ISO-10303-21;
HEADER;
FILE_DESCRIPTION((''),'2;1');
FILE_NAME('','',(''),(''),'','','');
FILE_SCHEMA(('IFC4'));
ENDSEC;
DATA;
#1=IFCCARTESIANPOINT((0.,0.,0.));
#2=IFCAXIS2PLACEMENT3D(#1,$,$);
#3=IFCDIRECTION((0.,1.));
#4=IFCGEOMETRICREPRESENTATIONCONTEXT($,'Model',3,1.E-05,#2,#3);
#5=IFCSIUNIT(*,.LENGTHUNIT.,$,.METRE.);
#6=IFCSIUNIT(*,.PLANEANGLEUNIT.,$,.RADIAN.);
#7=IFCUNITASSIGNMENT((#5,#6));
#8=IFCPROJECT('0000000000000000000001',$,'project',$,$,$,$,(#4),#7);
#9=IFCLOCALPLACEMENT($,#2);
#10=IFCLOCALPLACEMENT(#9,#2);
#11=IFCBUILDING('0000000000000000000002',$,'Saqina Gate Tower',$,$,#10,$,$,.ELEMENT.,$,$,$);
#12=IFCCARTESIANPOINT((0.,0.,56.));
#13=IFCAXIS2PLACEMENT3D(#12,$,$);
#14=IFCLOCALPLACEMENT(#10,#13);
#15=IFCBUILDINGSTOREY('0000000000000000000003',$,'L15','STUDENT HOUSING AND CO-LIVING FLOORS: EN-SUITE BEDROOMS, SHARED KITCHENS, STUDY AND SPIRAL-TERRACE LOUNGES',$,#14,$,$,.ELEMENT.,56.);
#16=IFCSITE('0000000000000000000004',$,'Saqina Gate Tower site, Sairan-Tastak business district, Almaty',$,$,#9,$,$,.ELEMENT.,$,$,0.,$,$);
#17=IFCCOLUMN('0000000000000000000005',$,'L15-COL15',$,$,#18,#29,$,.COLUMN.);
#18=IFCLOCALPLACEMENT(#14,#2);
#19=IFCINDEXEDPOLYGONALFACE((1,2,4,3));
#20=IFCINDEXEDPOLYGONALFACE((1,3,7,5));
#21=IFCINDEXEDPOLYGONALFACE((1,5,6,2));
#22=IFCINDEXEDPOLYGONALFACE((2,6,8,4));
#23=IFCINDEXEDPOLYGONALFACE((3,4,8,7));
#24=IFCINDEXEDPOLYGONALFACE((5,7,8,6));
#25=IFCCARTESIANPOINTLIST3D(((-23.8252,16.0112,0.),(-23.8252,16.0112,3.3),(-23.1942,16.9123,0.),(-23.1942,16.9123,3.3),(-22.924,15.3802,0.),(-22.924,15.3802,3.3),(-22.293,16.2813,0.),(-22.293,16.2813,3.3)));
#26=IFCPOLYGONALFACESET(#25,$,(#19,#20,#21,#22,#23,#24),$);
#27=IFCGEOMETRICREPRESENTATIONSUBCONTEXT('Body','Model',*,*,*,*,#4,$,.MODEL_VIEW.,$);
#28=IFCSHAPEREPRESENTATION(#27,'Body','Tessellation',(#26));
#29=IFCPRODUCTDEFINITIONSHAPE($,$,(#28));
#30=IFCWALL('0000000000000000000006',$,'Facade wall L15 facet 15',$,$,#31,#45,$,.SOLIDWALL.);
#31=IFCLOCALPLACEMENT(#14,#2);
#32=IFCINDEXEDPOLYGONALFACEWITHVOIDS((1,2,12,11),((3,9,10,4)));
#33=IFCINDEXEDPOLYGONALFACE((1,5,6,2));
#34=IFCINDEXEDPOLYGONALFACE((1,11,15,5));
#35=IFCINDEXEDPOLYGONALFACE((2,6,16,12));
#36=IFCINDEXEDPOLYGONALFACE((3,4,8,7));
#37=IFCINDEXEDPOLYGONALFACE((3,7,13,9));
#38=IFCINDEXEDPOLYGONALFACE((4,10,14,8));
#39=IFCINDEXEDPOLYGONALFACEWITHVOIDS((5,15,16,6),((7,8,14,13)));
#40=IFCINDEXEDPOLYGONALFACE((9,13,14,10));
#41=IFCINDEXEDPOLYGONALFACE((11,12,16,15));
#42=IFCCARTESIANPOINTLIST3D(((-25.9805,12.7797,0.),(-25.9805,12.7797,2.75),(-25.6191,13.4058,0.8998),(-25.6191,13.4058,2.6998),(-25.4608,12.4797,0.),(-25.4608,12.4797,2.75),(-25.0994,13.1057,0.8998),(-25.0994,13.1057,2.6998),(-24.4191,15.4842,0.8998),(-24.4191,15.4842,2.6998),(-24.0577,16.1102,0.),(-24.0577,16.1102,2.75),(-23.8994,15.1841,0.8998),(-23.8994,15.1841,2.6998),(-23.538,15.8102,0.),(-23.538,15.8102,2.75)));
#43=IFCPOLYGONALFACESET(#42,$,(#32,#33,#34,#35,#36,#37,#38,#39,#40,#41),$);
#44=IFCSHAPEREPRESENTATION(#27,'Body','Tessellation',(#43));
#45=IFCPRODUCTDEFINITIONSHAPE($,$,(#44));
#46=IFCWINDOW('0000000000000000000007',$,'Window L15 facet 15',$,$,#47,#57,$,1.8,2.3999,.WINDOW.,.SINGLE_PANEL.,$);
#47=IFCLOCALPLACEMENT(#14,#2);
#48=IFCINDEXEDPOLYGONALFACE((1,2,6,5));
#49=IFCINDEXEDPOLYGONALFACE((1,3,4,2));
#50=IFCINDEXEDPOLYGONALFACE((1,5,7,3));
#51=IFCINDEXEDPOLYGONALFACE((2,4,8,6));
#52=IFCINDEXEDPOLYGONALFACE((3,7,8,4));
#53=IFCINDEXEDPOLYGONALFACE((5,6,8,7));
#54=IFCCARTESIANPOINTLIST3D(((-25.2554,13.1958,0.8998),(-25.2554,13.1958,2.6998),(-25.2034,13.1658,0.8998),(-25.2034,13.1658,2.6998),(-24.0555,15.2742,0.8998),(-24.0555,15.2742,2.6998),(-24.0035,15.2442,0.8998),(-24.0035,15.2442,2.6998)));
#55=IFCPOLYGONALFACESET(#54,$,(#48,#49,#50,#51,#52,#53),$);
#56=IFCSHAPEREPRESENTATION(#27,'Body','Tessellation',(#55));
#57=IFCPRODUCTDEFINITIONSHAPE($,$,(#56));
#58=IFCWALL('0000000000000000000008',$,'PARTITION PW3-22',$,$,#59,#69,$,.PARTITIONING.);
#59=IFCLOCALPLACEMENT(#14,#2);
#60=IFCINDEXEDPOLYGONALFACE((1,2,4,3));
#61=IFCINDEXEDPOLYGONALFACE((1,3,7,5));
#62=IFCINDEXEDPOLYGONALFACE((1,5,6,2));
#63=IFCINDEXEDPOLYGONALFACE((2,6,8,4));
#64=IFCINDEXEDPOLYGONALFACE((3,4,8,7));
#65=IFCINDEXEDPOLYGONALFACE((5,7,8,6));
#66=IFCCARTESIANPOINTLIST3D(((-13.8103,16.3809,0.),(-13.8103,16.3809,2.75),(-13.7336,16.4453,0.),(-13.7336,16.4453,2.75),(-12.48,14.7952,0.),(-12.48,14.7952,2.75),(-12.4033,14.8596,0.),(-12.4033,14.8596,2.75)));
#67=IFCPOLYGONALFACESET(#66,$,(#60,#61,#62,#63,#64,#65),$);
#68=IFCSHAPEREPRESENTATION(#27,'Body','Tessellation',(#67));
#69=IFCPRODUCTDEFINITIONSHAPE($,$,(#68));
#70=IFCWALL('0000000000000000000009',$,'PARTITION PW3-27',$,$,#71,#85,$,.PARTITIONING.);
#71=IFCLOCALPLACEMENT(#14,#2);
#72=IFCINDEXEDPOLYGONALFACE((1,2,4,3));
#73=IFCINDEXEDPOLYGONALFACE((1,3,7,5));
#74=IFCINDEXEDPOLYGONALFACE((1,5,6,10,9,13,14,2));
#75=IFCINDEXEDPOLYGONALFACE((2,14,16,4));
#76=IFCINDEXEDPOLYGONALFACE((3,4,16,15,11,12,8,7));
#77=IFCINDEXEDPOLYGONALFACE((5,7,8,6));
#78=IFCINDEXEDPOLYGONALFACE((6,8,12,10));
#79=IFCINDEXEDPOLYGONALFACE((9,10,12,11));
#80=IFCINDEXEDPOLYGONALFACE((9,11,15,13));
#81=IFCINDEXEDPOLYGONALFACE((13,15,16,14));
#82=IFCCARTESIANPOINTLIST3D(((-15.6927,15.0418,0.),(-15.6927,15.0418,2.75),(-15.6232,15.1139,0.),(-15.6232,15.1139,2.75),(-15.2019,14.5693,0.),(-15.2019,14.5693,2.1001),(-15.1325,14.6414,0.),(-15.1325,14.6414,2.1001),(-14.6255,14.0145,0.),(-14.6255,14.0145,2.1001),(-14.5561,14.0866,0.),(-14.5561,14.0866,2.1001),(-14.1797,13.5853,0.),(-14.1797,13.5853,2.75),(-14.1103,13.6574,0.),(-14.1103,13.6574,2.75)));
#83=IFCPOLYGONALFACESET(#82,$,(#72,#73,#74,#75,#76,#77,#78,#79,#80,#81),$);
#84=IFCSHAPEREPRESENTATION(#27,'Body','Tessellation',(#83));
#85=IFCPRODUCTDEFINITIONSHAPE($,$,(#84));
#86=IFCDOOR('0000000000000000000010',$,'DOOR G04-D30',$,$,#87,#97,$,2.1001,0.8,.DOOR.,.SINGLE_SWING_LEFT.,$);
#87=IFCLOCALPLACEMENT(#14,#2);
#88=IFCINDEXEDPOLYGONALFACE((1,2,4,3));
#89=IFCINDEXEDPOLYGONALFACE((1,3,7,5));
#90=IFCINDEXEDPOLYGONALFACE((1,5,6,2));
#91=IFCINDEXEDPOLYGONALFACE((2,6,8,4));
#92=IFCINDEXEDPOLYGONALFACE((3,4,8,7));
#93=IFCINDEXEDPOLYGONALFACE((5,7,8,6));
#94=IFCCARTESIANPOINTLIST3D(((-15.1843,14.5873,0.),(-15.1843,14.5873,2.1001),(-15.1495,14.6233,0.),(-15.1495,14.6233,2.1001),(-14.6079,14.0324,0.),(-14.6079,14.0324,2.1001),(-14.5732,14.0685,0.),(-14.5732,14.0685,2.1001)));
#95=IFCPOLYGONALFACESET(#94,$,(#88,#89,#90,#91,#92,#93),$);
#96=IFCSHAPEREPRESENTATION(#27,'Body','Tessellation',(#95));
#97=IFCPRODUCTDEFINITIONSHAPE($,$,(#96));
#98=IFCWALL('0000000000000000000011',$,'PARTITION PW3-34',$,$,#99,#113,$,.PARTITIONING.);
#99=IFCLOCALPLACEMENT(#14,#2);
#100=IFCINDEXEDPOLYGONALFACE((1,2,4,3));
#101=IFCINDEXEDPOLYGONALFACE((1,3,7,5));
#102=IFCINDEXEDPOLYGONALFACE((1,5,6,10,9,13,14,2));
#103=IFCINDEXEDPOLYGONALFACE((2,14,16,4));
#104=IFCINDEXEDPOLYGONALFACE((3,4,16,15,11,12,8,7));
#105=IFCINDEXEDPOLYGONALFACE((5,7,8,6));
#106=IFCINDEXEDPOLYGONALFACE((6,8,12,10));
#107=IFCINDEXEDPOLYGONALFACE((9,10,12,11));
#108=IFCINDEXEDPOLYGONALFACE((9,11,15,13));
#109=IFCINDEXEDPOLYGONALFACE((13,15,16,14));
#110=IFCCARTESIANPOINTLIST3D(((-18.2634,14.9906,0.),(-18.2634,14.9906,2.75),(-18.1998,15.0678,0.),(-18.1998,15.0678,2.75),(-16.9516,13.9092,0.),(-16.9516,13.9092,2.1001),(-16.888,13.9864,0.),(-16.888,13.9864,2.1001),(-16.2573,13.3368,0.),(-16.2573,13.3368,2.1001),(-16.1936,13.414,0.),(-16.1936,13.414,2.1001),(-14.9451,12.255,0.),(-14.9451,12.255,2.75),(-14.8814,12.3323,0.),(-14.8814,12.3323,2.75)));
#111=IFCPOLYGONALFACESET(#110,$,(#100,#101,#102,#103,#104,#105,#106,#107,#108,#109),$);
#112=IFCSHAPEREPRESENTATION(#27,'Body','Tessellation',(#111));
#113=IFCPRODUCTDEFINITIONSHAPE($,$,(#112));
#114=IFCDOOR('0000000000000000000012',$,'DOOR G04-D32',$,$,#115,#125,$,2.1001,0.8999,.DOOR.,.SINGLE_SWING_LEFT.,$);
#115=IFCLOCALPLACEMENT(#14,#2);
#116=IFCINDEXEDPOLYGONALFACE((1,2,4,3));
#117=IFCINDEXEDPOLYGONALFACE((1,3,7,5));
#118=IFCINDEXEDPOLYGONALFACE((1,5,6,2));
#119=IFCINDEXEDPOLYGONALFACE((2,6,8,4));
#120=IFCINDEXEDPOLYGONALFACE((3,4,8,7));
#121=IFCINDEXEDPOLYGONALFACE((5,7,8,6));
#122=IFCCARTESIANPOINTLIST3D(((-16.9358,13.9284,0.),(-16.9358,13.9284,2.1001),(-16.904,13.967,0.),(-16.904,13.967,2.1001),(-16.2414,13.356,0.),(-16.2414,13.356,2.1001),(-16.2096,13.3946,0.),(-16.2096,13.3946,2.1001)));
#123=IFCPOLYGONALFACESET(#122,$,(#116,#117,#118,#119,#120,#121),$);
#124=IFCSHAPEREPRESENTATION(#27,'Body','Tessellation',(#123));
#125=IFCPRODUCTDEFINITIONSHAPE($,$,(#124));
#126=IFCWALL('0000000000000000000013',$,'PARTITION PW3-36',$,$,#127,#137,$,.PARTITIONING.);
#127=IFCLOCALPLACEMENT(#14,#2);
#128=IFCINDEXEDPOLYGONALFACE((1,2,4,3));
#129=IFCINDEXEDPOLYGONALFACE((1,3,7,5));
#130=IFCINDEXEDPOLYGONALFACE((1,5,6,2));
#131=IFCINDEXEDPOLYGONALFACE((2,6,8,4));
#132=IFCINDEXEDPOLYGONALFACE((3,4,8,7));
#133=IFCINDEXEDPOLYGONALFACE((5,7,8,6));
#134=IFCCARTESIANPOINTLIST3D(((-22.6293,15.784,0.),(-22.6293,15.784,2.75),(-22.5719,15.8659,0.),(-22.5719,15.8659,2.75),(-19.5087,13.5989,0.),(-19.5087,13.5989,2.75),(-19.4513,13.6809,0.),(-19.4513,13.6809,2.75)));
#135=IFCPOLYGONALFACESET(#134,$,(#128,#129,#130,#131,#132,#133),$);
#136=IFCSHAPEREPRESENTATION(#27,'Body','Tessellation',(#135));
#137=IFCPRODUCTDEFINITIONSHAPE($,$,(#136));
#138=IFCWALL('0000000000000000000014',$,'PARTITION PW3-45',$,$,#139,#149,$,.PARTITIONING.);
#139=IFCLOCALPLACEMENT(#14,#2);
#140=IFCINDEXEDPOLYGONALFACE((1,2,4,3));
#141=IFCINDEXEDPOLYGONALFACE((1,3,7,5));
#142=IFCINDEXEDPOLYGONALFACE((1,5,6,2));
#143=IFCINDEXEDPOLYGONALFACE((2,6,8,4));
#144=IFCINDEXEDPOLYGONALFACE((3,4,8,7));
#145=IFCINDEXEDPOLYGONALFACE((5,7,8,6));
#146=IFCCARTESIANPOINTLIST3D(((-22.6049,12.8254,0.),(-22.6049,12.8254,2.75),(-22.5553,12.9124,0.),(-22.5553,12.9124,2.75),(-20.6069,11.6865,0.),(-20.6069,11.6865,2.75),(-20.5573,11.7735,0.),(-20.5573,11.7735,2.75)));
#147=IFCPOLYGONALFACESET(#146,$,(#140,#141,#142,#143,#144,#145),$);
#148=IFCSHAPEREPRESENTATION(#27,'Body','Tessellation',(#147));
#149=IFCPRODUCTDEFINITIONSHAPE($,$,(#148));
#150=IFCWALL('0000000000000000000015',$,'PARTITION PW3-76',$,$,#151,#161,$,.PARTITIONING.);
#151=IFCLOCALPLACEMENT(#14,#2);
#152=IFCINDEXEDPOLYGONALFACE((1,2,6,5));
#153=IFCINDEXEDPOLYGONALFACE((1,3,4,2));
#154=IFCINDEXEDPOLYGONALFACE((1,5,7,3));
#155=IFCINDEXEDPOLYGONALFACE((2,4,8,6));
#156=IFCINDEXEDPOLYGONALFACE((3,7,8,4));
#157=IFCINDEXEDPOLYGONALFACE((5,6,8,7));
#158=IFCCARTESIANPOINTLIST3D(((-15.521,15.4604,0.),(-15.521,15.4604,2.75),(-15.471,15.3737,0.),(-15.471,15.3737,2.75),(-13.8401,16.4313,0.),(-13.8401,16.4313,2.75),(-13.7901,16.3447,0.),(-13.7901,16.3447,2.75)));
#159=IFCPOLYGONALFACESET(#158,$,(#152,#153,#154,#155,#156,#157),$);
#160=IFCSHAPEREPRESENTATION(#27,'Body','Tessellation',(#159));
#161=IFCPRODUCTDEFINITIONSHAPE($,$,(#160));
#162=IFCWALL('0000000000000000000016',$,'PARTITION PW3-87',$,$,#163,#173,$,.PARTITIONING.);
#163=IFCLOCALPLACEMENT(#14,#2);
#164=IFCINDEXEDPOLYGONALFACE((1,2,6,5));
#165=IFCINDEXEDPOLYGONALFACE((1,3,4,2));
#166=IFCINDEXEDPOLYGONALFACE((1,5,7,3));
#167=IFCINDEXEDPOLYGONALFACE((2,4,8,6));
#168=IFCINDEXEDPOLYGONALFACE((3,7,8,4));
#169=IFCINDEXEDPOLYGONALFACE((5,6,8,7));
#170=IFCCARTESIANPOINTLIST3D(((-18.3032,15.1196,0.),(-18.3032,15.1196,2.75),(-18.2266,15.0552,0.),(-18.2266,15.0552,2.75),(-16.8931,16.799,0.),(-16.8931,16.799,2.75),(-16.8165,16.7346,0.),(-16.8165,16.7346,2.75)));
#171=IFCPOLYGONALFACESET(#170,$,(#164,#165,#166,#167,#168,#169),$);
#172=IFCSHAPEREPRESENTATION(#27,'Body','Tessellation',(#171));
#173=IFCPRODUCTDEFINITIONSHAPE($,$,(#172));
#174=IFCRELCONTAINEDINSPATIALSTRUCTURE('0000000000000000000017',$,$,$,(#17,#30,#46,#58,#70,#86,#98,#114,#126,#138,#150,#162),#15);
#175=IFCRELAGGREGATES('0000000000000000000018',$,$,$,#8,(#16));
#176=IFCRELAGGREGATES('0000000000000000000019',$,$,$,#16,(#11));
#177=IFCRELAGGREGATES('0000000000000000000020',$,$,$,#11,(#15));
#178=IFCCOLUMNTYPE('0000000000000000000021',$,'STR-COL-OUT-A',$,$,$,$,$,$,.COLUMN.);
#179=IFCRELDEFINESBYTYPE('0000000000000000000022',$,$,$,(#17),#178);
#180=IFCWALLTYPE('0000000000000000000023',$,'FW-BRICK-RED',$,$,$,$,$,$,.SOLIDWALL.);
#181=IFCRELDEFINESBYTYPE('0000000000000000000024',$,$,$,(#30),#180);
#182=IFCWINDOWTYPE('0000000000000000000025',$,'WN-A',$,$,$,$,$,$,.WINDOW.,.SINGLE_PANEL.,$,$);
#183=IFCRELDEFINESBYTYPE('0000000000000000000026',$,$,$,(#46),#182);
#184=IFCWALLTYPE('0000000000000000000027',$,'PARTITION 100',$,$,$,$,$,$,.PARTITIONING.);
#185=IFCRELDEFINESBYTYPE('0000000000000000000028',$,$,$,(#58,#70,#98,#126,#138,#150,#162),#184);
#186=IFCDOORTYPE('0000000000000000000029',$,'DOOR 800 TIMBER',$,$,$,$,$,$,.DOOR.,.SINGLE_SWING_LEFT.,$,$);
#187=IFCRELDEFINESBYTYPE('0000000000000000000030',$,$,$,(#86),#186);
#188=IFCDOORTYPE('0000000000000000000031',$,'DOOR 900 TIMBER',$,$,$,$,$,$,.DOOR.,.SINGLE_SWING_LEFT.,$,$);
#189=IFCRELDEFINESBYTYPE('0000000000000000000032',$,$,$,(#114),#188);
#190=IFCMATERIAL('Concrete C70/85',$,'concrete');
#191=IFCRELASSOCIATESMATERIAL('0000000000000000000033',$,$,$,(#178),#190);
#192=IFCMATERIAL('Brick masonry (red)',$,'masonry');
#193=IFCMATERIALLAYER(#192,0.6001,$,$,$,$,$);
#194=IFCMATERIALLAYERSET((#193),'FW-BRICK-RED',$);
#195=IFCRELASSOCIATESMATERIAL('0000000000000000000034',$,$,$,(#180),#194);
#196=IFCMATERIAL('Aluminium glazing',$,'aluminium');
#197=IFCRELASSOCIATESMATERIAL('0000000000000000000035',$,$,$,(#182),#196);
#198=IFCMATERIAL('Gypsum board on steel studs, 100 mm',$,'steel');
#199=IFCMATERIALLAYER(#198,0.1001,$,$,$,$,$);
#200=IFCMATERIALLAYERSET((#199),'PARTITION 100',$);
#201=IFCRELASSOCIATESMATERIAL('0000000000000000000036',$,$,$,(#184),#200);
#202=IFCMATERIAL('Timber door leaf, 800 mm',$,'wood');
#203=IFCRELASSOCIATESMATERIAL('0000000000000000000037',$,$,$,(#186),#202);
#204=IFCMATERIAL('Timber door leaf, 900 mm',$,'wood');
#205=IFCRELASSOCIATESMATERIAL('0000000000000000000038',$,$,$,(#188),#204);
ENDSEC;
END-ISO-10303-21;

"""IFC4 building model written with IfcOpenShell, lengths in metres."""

from ifc_helpers import new_model, si_unit, direction, frame, frame_2d, origin, origin_2d, place, context, subcontext, project, spatial, rectangle, extrude, material, layer, layer_set, material_profile, profile_set, type_object, element, fill, save


model = new_model("IFC4")

# Units and contexts
model_context = context("Model", 3, precision=1e-05, world=origin(), true_north=direction((0.0, 1.0)))
body_context = subcontext(model_context, "Body", "Model", "MODEL_VIEW")
ifc_project = project(units=[si_unit("LENGTHUNIT", "METRE"), si_unit("PLANEANGLEUNIT", "RADIAN")], contexts=[model_context])

# Site, building, storey
site_placement = place(None, origin())
site = spatial("IfcSite", under=ifc_project, at=site_placement, Name="Saqina Gate Tower site, Sairan-Tastak business district, Almaty", CompositionType="ELEMENT", RefElevation=0.0)
building_placement = place(site_placement, origin())
building = spatial("IfcBuilding", under=site, at=building_placement, Name="Saqina Gate Tower", CompositionType="ELEMENT")
storey_placement = place(building_placement, frame((0.0, 0.0, 56.0)))
storey = spatial("IfcBuildingStorey", under=building, at=storey_placement, Name="L15", Description="STUDENT HOUSING AND CO-LIVING FLOORS: EN-SUITE BEDROOMS, SHARED KITCHENS, STUDY AND SPIRAL-TERRACE LOUNGES", CompositionType="ELEMENT", Elevation=56.0)

# Column
ifc_material_1 = material(Name="Concrete C70/85", Category="concrete")
ifc_material_profile = material_profile(ifc_material_1, rectangle(XDim=1.1001, YDim=1.1001, at=origin_2d()), Name="RC 1100x1100")
ifc_profile_set = profile_set([ifc_material_profile], Name="Concrete C70/85")
column_type = type_object("IfcColumnType", Name="STR-COL-OUT-A", PredefinedType="COLUMN", material=ifc_profile_set)
column_placement = place(storey_placement, frame((-23.0591, 16.1462, 0.0), z_axis=(0.0, 0.0, 1.0), x_axis=(-0.819152, 0.573576, 0.0)))
element("IfcColumn", 1, at=column_placement, inside=storey, type_object=column_type, Name="L15-COL15", PredefinedType="COLUMN", context=body_context, shape_type="SweptSolid", body=[
    extrude(rectangle(XDim=1.1001, YDim=1.1001, at=origin_2d()), origin(), (0.0, 0.0, 1.0), 3.3),
])

# Wall, opening, window
ifc_material_2 = material(Name="Brick masonry (red)", Category="masonry")
ifc_layer_1 = layer(ifc_material_2, 0.6001)
ifc_layer_set_1 = layer_set([ifc_layer_1], Name="FW-BRICK-RED")
wall_type_1 = type_object("IfcWallType", Name="FW-BRICK-RED", PredefinedType="SOLIDWALL", material=ifc_layer_set_1)
wall_1_placement = place(storey_placement, frame((-23.7979, 15.9602, 0.0), z_axis=(0.0, 0.0, 1.0), x_axis=(-0.49999, -0.866031, 0.0)))
wall_1 = element("IfcWall", 2, at=wall_1_placement, inside=storey, type_object=wall_type_1, Name="Facade wall L15 facet 15", PredefinedType="SOLIDWALL", context=body_context, shape_type="SweptSolid", body=[
    extrude(rectangle(XDim=3.8457, YDim=0.6001, at=frame_2d((1.9229, 0.0))), origin(), (0.0, 0.0, 1.0), 2.75),
])
opening_1_placement = place(wall_1_placement, frame((0.7229, 0.0, 0.8999)))
opening_1 = element("IfcOpeningElement", 3, at=opening_1_placement, cuts=wall_1, PredefinedType="OPENING", context=body_context, shape_type="SweptSolid", body=[
    extrude(rectangle(XDim=2.3999, YDim=1.8, at=frame_2d((1.2, 0.8999))), frame((0.0, 0.312, 0.0), z_axis=(0.0, -1.0, 0.0), x_axis=(1.0, 0.0, 0.0)), (0.0, 0.0, 1.0), 0.624),
])
ifc_material_3 = material(Name="Aluminium glazing", Category="aluminium")
window_type = type_object("IfcWindowType", Name="WN-A", PartitioningType="SINGLE_PANEL", PredefinedType="WINDOW", material=ifc_material_3)
window_placement = place(opening_1_placement, origin())
window = element("IfcWindow", 4, at=window_placement, inside=storey, type_object=window_type, Name="Window L15 facet 15", OverallHeight=1.8, OverallWidth=2.3999, PartitioningType="SINGLE_PANEL", PredefinedType="WINDOW", context=body_context, shape_type="SweptSolid", body=[
    extrude(rectangle(XDim=2.3999, YDim=1.8, at=frame_2d((1.2, 0.8999))), frame((0.0, 0.1799, 0.0), z_axis=(0.0, -1.0, 0.0), x_axis=(1.0, 0.0, 0.0)), (0.0, 0.0, 1.0), 0.0601),
])
fill(opening_1, window)

# Wall
ifc_material_4 = material(Name="Gypsum board on steel studs, 100 mm", Category="steel")
ifc_layer_2 = layer(ifc_material_4, 0.1001)
ifc_layer_set_2 = layer_set([ifc_layer_2], Name="PARTITION 100")
wall_type_2 = type_object("IfcWallType", Name="PARTITION 100", PredefinedType="PARTITIONING", material=ifc_layer_set_2)
wall_2_placement = place(storey_placement, frame((-13.772, 16.4131, 0.0), z_axis=(0.0, 0.0, 1.0), x_axis=(0.642722, -0.7661, 0.0)))
element("IfcWall", 5, at=wall_2_placement, inside=storey, type_object=wall_type_2, Name="PARTITION PW3-22", PredefinedType="PARTITIONING", context=body_context, shape_type="SweptSolid", body=[
    extrude(rectangle(XDim=2.0698, YDim=0.1001, at=frame_2d((1.0349, 0.0))), origin(), (0.0, 0.0, 1.0), 2.75),
])

# Walls, openings, doors
wall_3_placement = place(storey_placement, frame((-15.658, 15.0779, 0.0), z_axis=(0.0, 0.0, 1.0), x_axis=(0.720406, -0.693552, 0.0)))
wall_3 = element("IfcWall", 6, at=wall_3_placement, inside=storey, type_object=wall_type_2, Name="PARTITION PW3-27", PredefinedType="PARTITIONING", context=body_context, shape_type="SweptSolid", body=[
    extrude(rectangle(XDim=2.1001, YDim=0.1001, at=frame_2d((1.05, 0.0))), origin(), (0.0, 0.0, 1.0), 2.75),
])
opening_2_placement = place(wall_3_placement, frame((0.6814, 0.0, 0.0)))
opening_2 = element("IfcOpeningElement", 7, at=opening_2_placement, cuts=wall_3, PredefinedType="OPENING", context=body_context, shape_type="SweptSolid", body=[
    extrude(rectangle(XDim=0.8, YDim=2.1001, at=frame_2d((0.3999, 1.05))), frame((0.0, 0.062, 0.0), z_axis=(0.0, -1.0, 0.0), x_axis=(1.0, 0.0, 0.0)), (0.0, 0.0, 1.0), 0.124),
])
ifc_material_5 = material(Name="Timber door leaf, 800 mm", Category="wood")
door_type_1 = type_object("IfcDoorType", Name="DOOR 800 TIMBER", OperationType="SINGLE_SWING_LEFT", PredefinedType="DOOR", material=ifc_material_5)
door_1_placement = place(opening_2_placement, frame((0.8, 0.0, 0.0), z_axis=(0.0, 0.0, 1.0), x_axis=(-1.0, 0.0, 0.0)))
door_1 = element("IfcDoor", 8, at=door_1_placement, inside=storey, type_object=door_type_1, Name="DOOR G04-D30", OperationType="SINGLE_SWING_LEFT", OverallHeight=2.1001, OverallWidth=0.8, PredefinedType="DOOR", context=body_context, shape_type="SweptSolid", body=[
    extrude(rectangle(XDim=0.8, YDim=2.1001, at=frame_2d((0.3999, 1.05))), frame((0.0, 0.0249, 0.0), z_axis=(0.0, -1.0, 0.0), x_axis=(1.0, 0.0, 0.0)), (0.0, 0.0, 1.0), 0.05),
])
fill(opening_2, door_1)
wall_4_placement = place(storey_placement, frame((-18.2317, 15.0293, 0.0), z_axis=(0.0, 0.0, 1.0), x_axis=(0.771607, -0.636099, 0.0)))
wall_4 = element("IfcWall", 9, at=wall_4_placement, inside=storey, type_object=wall_type_2, Name="PARTITION PW3-34", PredefinedType="PARTITIONING", context=body_context, shape_type="SweptSolid", body=[
    extrude(rectangle(XDim=4.3005, YDim=0.1001, at=frame_2d((2.1504, 0.0))), origin(), (0.0, 0.0, 1.0), 2.75),
])
opening_3_placement = place(wall_4_placement, frame((1.7002, 0.0, 0.0)))
opening_3 = element("IfcOpeningElement", 10, at=opening_3_placement, cuts=wall_4, PredefinedType="OPENING", context=body_context, shape_type="SweptSolid", body=[
    extrude(rectangle(XDim=0.8999, YDim=2.1001, at=frame_2d((0.45, 1.05))), frame((0.0, 0.062, 0.0), z_axis=(0.0, -1.0, 0.0), x_axis=(1.0, 0.0, 0.0)), (0.0, 0.0, 1.0), 0.124),
])
ifc_material_6 = material(Name="Timber door leaf, 900 mm", Category="wood")
door_type_2 = type_object("IfcDoorType", Name="DOOR 900 TIMBER", OperationType="SINGLE_SWING_LEFT", PredefinedType="DOOR", material=ifc_material_6)
door_2_placement = place(opening_3_placement, origin())
door_2 = element("IfcDoor", 11, at=door_2_placement, inside=storey, type_object=door_type_2, Name="DOOR G04-D32", OperationType="SINGLE_SWING_LEFT", OverallHeight=2.1001, OverallWidth=0.8999, PredefinedType="DOOR", context=body_context, shape_type="SweptSolid", body=[
    extrude(rectangle(XDim=0.8999, YDim=2.1001, at=frame_2d((0.45, 1.05))), frame((0.0, 0.0249, 0.0), z_axis=(0.0, -1.0, 0.0), x_axis=(1.0, 0.0, 0.0)), (0.0, 0.0, 1.0), 0.05),
])
fill(opening_3, door_2)

# Walls
wall_5_placement = place(storey_placement, frame((-22.6006, 15.825, 0.0), z_axis=(0.0, 0.0, 1.0), x_axis=(0.819154, -0.573574, 0.0)))
element("IfcWall", 12, at=wall_5_placement, inside=storey, type_object=wall_type_2, Name="PARTITION PW3-36", PredefinedType="PARTITIONING", context=body_context, shape_type="SweptSolid", body=[
    extrude(rectangle(XDim=3.8096, YDim=0.1001, at=frame_2d((1.9048, 0.0))), origin(), (0.0, 0.0, 1.0), 2.75),
])
wall_6_placement = place(storey_placement, frame((-22.5801, 12.8689, 0.0), z_axis=(0.0, 0.0, 1.0), x_axis=(0.868772, -0.495213, 0.0)))
element("IfcWall", 13, at=wall_6_placement, inside=storey, type_object=wall_type_2, Name="PARTITION PW3-45", PredefinedType="PARTITIONING", context=body_context, shape_type="SweptSolid", body=[
    extrude(rectangle(XDim=2.2998, YDim=0.1001, at=frame_2d((1.1499, 0.0))), origin(), (0.0, 0.0, 1.0), 2.75),
])
wall_7_placement = place(storey_placement, frame((-15.4961, 15.417, 0.0), z_axis=(0.0, 0.0, 1.0), x_axis=(0.86592, 0.500183, 0.0)))
element("IfcWall", 14, at=wall_7_placement, inside=storey, type_object=wall_type_2, Name="PARTITION PW3-76", PredefinedType="PARTITIONING", context=body_context, shape_type="SweptSolid", body=[
    extrude(rectangle(XDim=1.9412, YDim=0.1001, at=frame_2d((0.9707, 0.0))), origin(), (0.0, 0.0, 1.0), 2.75),
])
wall_8_placement = place(storey_placement, frame((-18.2649, 15.0874, 0.0), z_axis=(0.0, 0.0, 1.0), x_axis=(0.643038, 0.765834, 0.0)))
element("IfcWall", 15, at=wall_8_placement, inside=storey, type_object=wall_type_2, Name="PARTITION PW3-87", PredefinedType="PARTITIONING", context=body_context, shape_type="SweptSolid", body=[
    extrude(rectangle(XDim=2.1929, YDim=0.1001, at=frame_2d((1.0964, 0.0))), origin(), (0.0, 0.0, 1.0), 2.75),
])

save(model, "model.ifc")
